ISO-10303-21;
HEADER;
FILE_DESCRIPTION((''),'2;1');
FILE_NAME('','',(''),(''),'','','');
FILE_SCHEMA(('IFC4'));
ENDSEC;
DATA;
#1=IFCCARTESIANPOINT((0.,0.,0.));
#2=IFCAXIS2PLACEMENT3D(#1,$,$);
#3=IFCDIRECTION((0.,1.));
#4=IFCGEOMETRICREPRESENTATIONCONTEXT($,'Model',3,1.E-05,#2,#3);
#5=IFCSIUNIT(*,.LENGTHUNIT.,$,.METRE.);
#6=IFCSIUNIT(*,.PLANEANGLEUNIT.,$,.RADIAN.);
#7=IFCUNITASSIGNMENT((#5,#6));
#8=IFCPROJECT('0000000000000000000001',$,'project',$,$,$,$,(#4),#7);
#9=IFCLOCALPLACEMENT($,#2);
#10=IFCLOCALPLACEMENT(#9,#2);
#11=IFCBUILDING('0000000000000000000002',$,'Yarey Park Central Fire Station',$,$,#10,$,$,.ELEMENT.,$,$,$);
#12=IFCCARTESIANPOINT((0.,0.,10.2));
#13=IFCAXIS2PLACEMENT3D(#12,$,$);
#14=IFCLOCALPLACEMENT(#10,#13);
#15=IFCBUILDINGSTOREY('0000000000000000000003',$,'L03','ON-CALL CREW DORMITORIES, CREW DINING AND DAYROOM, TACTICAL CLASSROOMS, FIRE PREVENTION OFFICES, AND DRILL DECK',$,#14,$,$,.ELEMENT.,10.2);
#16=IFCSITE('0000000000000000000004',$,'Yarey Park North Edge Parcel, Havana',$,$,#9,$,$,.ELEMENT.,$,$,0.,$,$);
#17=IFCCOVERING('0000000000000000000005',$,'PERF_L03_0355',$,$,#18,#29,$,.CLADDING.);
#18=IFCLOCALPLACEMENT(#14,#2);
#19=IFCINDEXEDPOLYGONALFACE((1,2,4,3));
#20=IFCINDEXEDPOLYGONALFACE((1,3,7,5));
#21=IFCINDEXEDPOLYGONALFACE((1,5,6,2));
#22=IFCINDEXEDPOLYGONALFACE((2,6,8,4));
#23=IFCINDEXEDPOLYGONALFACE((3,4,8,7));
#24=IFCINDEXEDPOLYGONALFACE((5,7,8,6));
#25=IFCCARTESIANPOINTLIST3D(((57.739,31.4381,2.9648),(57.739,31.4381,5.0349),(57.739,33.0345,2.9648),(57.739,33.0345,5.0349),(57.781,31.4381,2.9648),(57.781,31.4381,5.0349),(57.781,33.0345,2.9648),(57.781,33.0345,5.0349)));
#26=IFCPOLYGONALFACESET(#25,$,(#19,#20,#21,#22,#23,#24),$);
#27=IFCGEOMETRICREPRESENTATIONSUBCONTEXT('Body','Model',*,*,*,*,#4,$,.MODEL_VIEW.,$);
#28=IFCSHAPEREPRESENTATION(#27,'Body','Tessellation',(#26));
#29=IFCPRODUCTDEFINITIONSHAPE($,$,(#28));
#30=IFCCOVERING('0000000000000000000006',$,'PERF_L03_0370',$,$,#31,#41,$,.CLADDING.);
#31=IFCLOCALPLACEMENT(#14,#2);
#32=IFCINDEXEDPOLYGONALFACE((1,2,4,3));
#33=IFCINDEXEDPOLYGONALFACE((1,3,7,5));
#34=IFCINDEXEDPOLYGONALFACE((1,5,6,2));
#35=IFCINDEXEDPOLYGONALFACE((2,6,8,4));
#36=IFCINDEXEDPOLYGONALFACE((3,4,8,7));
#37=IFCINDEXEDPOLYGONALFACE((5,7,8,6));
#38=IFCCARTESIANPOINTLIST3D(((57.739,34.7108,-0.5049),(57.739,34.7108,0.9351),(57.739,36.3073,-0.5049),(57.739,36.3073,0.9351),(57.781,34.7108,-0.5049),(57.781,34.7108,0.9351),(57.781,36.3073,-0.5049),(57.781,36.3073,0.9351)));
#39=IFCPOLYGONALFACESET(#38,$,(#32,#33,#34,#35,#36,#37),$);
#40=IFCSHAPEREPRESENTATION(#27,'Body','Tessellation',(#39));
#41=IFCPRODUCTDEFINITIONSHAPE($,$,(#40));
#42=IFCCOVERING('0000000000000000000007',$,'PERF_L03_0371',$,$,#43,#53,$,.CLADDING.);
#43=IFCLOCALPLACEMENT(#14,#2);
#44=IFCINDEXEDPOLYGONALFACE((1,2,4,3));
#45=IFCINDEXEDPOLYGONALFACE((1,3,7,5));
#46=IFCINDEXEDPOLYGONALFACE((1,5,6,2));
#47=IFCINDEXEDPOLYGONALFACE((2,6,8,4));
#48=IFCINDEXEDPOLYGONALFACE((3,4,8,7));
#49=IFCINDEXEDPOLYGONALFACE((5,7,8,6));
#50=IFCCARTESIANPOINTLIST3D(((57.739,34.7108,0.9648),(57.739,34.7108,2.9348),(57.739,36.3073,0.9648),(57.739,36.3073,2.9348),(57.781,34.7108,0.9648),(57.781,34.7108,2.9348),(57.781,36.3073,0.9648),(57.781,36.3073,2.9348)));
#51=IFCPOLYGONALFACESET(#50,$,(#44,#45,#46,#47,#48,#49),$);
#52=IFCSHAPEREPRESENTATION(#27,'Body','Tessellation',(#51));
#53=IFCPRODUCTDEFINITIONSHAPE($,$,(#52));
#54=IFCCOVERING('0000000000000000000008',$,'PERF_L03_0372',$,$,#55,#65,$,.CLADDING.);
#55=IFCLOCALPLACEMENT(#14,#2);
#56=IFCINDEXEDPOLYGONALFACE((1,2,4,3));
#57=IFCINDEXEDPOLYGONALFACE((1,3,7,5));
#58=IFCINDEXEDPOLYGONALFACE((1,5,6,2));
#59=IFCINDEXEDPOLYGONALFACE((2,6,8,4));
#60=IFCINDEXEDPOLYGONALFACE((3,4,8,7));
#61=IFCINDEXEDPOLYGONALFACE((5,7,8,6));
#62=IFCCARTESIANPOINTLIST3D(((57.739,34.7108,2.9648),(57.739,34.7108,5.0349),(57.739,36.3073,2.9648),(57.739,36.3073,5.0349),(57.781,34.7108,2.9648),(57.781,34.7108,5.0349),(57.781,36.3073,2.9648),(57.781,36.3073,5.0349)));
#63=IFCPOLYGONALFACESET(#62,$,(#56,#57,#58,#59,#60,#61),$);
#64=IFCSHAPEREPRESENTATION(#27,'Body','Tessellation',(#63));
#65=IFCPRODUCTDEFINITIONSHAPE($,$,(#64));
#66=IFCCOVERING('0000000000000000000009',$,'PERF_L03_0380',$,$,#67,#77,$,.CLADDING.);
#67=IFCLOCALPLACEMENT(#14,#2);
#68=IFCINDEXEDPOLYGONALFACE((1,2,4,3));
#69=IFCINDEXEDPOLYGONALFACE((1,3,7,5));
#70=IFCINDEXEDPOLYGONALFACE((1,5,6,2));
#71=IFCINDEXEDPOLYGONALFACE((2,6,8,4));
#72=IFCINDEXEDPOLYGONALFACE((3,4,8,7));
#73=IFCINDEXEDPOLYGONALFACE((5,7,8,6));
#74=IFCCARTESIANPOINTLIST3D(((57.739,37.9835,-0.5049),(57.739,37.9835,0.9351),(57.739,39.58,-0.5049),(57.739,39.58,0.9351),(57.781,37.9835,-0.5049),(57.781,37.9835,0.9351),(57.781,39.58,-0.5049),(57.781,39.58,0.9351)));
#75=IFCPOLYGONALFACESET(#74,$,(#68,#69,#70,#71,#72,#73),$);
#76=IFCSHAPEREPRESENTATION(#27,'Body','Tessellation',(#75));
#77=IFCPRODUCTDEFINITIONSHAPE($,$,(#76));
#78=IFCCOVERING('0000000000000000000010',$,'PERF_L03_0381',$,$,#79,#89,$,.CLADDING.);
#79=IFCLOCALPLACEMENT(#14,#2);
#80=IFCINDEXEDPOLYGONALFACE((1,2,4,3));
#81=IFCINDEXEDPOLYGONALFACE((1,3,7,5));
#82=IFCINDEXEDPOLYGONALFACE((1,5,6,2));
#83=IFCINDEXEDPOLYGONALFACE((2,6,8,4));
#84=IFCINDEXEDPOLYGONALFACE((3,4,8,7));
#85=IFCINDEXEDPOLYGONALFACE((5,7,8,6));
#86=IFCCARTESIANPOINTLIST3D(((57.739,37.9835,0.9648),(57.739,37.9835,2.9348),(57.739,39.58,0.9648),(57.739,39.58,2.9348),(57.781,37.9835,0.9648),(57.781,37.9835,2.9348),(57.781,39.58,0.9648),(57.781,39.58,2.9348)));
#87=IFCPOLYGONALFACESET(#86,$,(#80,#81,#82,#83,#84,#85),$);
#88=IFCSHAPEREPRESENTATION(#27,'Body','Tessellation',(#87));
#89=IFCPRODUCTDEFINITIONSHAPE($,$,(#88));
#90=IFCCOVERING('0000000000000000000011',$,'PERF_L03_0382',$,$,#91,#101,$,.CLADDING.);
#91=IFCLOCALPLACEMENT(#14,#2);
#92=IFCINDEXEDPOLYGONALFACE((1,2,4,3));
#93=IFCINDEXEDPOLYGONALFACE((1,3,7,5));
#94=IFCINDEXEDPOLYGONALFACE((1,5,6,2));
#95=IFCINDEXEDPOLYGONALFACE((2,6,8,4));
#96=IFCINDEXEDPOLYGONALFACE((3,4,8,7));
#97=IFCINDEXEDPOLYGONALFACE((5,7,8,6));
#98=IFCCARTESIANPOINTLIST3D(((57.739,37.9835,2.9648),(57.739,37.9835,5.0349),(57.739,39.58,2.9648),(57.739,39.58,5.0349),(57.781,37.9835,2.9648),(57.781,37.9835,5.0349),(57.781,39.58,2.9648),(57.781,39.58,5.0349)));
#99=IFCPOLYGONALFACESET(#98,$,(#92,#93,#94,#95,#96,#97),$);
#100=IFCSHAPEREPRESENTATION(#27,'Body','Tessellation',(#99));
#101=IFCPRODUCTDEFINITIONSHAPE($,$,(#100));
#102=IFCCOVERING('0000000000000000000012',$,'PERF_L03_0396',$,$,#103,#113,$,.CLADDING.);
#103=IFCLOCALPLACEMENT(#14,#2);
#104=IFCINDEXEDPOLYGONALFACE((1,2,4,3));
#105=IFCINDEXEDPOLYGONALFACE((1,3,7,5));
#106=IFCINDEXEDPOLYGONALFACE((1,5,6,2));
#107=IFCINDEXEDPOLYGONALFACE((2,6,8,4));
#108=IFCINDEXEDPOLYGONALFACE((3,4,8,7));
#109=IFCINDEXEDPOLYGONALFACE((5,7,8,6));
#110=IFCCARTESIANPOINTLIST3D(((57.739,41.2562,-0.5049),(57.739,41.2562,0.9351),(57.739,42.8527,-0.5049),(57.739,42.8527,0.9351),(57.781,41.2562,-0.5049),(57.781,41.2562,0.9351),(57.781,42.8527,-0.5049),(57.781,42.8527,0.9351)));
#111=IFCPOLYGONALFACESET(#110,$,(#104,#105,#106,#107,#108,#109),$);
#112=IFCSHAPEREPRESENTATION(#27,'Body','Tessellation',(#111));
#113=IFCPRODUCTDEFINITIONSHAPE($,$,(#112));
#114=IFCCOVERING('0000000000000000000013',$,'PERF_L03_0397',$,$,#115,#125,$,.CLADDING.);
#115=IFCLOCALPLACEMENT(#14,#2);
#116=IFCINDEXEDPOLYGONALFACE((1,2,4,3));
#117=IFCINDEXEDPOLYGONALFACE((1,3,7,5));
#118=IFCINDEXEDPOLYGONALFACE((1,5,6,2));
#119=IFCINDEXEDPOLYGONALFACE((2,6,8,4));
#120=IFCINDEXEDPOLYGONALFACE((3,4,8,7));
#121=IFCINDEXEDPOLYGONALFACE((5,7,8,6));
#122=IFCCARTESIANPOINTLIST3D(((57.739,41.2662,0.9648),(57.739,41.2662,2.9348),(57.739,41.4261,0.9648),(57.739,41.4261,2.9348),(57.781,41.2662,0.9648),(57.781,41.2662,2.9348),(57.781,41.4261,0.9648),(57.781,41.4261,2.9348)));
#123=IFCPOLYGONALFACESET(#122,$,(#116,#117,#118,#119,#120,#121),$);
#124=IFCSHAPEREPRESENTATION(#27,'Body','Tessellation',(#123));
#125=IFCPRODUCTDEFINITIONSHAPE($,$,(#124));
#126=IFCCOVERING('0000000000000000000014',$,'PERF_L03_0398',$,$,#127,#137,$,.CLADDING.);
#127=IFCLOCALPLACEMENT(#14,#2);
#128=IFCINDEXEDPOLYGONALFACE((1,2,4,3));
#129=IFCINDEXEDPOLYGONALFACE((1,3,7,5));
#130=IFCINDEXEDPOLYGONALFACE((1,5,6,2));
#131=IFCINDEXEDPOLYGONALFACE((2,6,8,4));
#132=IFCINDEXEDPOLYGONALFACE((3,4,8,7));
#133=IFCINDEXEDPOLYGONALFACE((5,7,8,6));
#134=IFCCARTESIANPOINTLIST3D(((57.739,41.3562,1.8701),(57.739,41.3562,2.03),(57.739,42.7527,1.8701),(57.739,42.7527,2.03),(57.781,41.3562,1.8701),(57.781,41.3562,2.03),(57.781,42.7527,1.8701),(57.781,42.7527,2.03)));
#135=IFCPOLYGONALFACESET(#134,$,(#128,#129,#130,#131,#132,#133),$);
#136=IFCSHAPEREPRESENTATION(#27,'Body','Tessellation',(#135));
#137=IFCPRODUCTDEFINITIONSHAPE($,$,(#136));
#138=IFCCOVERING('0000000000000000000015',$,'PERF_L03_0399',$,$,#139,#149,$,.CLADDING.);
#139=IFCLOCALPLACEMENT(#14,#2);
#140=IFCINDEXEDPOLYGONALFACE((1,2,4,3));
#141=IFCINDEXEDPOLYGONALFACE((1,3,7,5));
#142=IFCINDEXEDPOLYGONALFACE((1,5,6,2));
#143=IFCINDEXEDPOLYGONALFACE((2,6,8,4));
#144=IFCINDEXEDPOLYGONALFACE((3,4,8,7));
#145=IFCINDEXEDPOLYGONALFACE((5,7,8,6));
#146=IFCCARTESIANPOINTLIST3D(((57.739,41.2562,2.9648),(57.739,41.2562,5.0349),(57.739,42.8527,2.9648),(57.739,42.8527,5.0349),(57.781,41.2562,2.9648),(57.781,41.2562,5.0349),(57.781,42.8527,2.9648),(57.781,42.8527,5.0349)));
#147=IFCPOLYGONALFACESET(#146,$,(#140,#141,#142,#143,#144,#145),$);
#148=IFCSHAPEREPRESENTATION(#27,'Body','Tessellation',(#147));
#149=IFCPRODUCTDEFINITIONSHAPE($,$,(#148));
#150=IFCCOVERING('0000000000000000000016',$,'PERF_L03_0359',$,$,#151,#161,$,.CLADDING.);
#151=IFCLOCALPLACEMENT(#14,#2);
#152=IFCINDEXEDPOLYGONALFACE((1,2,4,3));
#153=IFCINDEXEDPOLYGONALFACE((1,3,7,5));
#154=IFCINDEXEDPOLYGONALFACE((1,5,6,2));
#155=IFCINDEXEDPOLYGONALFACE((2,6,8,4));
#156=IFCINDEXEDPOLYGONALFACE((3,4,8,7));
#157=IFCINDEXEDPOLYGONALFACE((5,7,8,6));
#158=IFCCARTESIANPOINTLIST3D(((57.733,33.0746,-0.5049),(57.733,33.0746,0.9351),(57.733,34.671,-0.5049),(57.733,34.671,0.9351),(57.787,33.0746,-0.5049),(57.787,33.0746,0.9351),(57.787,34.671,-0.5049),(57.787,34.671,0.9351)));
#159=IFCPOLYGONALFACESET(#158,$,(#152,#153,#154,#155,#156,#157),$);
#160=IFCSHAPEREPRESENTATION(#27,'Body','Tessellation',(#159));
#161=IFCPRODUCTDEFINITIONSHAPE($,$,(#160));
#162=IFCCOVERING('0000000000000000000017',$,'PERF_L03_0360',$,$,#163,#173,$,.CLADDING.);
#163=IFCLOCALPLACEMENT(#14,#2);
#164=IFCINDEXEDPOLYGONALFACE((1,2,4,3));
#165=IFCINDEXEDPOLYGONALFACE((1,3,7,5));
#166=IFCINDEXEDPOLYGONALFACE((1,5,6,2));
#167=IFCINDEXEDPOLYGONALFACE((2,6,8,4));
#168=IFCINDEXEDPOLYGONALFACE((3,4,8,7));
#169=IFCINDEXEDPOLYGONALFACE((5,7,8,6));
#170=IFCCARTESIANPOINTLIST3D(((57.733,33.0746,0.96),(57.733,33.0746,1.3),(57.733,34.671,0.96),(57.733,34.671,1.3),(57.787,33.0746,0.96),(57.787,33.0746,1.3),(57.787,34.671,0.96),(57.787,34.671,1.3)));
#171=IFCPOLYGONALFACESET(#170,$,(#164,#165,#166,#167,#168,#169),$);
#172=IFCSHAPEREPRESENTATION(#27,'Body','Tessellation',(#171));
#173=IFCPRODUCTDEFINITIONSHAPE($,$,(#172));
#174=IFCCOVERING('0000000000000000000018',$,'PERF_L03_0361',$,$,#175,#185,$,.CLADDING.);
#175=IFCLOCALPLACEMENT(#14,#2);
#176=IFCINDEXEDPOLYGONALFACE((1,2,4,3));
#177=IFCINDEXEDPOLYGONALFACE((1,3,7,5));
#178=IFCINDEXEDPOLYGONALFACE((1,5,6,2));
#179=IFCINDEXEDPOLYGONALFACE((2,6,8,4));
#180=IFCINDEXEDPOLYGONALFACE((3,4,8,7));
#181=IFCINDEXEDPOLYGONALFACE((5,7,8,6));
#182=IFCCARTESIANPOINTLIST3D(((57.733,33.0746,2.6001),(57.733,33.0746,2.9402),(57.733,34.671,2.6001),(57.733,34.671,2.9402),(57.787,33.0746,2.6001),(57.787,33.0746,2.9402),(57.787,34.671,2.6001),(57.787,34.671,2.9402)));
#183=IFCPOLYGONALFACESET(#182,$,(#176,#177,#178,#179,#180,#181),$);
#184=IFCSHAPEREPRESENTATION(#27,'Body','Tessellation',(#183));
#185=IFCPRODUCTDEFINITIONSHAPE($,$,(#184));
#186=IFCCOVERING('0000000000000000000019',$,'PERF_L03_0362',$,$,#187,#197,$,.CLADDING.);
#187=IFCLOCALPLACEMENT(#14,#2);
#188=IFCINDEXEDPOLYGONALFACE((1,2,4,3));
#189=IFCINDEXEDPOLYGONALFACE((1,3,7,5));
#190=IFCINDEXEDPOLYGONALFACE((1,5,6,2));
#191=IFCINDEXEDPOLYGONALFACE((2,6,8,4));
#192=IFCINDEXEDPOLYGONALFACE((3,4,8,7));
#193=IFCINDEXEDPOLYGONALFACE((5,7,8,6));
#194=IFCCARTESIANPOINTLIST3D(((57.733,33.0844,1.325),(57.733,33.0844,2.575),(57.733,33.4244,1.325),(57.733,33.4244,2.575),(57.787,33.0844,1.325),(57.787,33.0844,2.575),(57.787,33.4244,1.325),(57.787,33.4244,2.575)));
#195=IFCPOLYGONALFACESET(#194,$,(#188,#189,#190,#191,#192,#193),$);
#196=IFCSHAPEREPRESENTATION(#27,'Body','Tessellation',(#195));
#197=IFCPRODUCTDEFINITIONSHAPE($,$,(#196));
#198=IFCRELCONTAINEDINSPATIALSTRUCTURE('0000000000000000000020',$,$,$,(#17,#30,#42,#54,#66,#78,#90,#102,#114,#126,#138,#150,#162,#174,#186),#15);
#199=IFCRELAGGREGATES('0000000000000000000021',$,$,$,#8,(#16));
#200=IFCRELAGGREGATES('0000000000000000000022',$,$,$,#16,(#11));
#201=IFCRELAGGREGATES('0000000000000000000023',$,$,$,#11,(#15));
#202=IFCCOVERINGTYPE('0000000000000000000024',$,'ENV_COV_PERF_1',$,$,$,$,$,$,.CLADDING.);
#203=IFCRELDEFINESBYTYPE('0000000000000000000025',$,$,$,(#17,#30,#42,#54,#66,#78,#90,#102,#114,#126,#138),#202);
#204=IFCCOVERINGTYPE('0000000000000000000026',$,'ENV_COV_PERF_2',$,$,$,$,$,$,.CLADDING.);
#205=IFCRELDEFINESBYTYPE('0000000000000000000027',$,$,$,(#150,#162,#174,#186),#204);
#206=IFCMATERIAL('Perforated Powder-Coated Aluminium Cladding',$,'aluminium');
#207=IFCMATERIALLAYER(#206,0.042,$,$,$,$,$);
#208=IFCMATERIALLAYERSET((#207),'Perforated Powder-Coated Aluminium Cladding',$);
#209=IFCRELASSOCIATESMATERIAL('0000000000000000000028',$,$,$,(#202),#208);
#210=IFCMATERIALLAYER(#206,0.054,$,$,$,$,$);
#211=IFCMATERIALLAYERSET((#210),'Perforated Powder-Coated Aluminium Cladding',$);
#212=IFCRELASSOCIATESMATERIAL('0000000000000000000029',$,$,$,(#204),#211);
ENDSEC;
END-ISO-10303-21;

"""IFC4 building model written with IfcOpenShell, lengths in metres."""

from ifc_helpers import new_model, si_unit, direction, frame, origin, origin_2d, place, context, subcontext, project, spatial, rectangle, extrude, material, layer, layer_set, type_object, element, save


model = new_model("IFC4")

# Units and contexts
model_context = context("Model", 3, precision=1e-05, world=origin(), true_north=direction((0.0, 1.0)))
body_context = subcontext(model_context, "Body", "Model", "MODEL_VIEW")
ifc_project = project(units=[si_unit("LENGTHUNIT", "METRE"), si_unit("PLANEANGLEUNIT", "RADIAN")], contexts=[model_context])

# Site, building, storey
site_placement = place(None, origin())
site = spatial("IfcSite", under=ifc_project, at=site_placement, Name="Yarey Park North Edge Parcel, Havana", CompositionType="ELEMENT", RefElevation=0.0)
building_placement = place(site_placement, origin())
building = spatial("IfcBuilding", under=site, at=building_placement, Name="Yarey Park Central Fire Station", CompositionType="ELEMENT")
storey_placement = place(building_placement, frame((0.0, 0.0, 10.2)))
storey = spatial("IfcBuildingStorey", under=building, at=storey_placement, Name="L03", Description="ON-CALL CREW DORMITORIES, CREW DINING AND DAYROOM, TACTICAL CLASSROOMS, FIRE PREVENTION OFFICES, AND DRILL DECK", CompositionType="ELEMENT", Elevation=10.2)

# Coverings
ifc_material = material(Name="Perforated Powder-Coated Aluminium Cladding", Category="aluminium")
ifc_layer_1 = layer(ifc_material, 0.042)
ifc_layer_set_1 = layer_set([ifc_layer_1], Name="Perforated Powder-Coated Aluminium Cladding")
covering_type_1 = type_object("IfcCoveringType", Name="ENV_COV_PERF_1", PredefinedType="CLADDING", material=ifc_layer_set_1)
covering_1_placement = place(storey_placement, frame((57.76, 32.2363, 2.9648), z_axis=(0.0, 0.0, 1.0), x_axis=(0.0, 1.0, 0.0)))
element("IfcCovering", 1, at=covering_1_placement, inside=storey, type_object=covering_type_1, Name="PERF_L03_0355", PredefinedType="CLADDING", context=body_context, shape_type="SweptSolid", body=[
    extrude(rectangle(XDim=1.5964, YDim=0.042, at=origin_2d()), origin(), (0.0, 0.0, 1.0), 2.0701),
])
covering_2_placement = place(storey_placement, frame((57.76, 35.509, -0.5049), z_axis=(0.0, 0.0, 1.0), x_axis=(0.0, 1.0, 0.0)))
element("IfcCovering", 2, at=covering_2_placement, inside=storey, type_object=covering_type_1, Name="PERF_L03_0370", PredefinedType="CLADDING", context=body_context, shape_type="SweptSolid", body=[
    extrude(rectangle(XDim=1.5964, YDim=0.042, at=origin_2d()), origin(), (0.0, 0.0, 1.0), 1.4399),
])
covering_3_placement = place(storey_placement, frame((57.76, 35.509, 0.9648), z_axis=(0.0, 0.0, 1.0), x_axis=(0.0, 1.0, 0.0)))
element("IfcCovering", 3, at=covering_3_placement, inside=storey, type_object=covering_type_1, Name="PERF_L03_0371", PredefinedType="CLADDING", context=body_context, shape_type="SweptSolid", body=[
    extrude(rectangle(XDim=1.5964, YDim=0.042, at=origin_2d()), origin(), (0.0, 0.0, 1.0), 1.97),
])
covering_4_placement = place(storey_placement, frame((57.76, 35.509, 2.9648), z_axis=(0.0, 0.0, 1.0), x_axis=(0.0, 1.0, 0.0)))
element("IfcCovering", 4, at=covering_4_placement, inside=storey, type_object=covering_type_1, Name="PERF_L03_0372", PredefinedType="CLADDING", context=body_context, shape_type="SweptSolid", body=[
    extrude(rectangle(XDim=1.5964, YDim=0.042, at=origin_2d()), origin(), (0.0, 0.0, 1.0), 2.0701),
])
covering_5_placement = place(storey_placement, frame((57.76, 38.7817, -0.5049), z_axis=(0.0, 0.0, 1.0), x_axis=(0.0, 1.0, 0.0)))
element("IfcCovering", 5, at=covering_5_placement, inside=storey, type_object=covering_type_1, Name="PERF_L03_0380", PredefinedType="CLADDING", context=body_context, shape_type="SweptSolid", body=[
    extrude(rectangle(XDim=1.5964, YDim=0.042, at=origin_2d()), origin(), (0.0, 0.0, 1.0), 1.4399),
])
covering_6_placement = place(storey_placement, frame((57.76, 38.7817, 0.9648), z_axis=(0.0, 0.0, 1.0), x_axis=(0.0, 1.0, 0.0)))
element("IfcCovering", 6, at=covering_6_placement, inside=storey, type_object=covering_type_1, Name="PERF_L03_0381", PredefinedType="CLADDING", context=body_context, shape_type="SweptSolid", body=[
    extrude(rectangle(XDim=1.5964, YDim=0.042, at=origin_2d()), origin(), (0.0, 0.0, 1.0), 1.97),
])
covering_7_placement = place(storey_placement, frame((57.76, 38.7817, 2.9648), z_axis=(0.0, 0.0, 1.0), x_axis=(0.0, 1.0, 0.0)))
element("IfcCovering", 7, at=covering_7_placement, inside=storey, type_object=covering_type_1, Name="PERF_L03_0382", PredefinedType="CLADDING", context=body_context, shape_type="SweptSolid", body=[
    extrude(rectangle(XDim=1.5964, YDim=0.042, at=origin_2d()), origin(), (0.0, 0.0, 1.0), 2.0701),
])
covering_8_placement = place(storey_placement, frame((57.76, 42.0544, -0.5049), z_axis=(0.0, 0.0, 1.0), x_axis=(0.0, 1.0, 0.0)))
element("IfcCovering", 8, at=covering_8_placement, inside=storey, type_object=covering_type_1, Name="PERF_L03_0396", PredefinedType="CLADDING", context=body_context, shape_type="SweptSolid", body=[
    extrude(rectangle(XDim=1.5964, YDim=0.042, at=origin_2d()), origin(), (0.0, 0.0, 1.0), 1.4399),
])
covering_9_placement = place(storey_placement, frame((57.76, 41.3462, 0.9648), z_axis=(0.0, 0.0, 1.0), x_axis=(0.0, 1.0, 0.0)))
element("IfcCovering", 9, at=covering_9_placement, inside=storey, type_object=covering_type_1, Name="PERF_L03_0397", PredefinedType="CLADDING", context=body_context, shape_type="SweptSolid", body=[
    extrude(rectangle(XDim=0.1599, YDim=0.042, at=origin_2d()), origin(), (0.0, 0.0, 1.0), 1.97),
])
covering_10_placement = place(storey_placement, frame((57.76, 42.0544, 1.8701), z_axis=(0.0, 0.0, 1.0), x_axis=(0.0, 1.0, 0.0)))
element("IfcCovering", 10, at=covering_10_placement, inside=storey, type_object=covering_type_1, Name="PERF_L03_0398", PredefinedType="CLADDING", context=body_context, shape_type="SweptSolid", body=[
    extrude(rectangle(XDim=1.3965, YDim=0.042, at=origin_2d()), origin(), (0.0, 0.0, 1.0), 0.1599),
])
covering_11_placement = place(storey_placement, frame((57.76, 42.0544, 2.9648), z_axis=(0.0, 0.0, 1.0), x_axis=(0.0, 1.0, 0.0)))
element("IfcCovering", 11, at=covering_11_placement, inside=storey, type_object=covering_type_1, Name="PERF_L03_0399", PredefinedType="CLADDING", context=body_context, shape_type="SweptSolid", body=[
    extrude(rectangle(XDim=1.5964, YDim=0.042, at=origin_2d()), origin(), (0.0, 0.0, 1.0), 2.0701),
])
ifc_layer_2 = layer(ifc_material, 0.054)
ifc_layer_set_2 = layer_set([ifc_layer_2], Name="Perforated Powder-Coated Aluminium Cladding")
covering_type_2 = type_object("IfcCoveringType", Name="ENV_COV_PERF_2", PredefinedType="CLADDING", material=ifc_layer_set_2)
covering_12_placement = place(storey_placement, frame((57.76, 33.8728, -0.5049), z_axis=(0.0, 0.0, 1.0), x_axis=(0.0, 1.0, 0.0)))
element("IfcCovering", 12, at=covering_12_placement, inside=storey, type_object=covering_type_2, Name="PERF_L03_0359", PredefinedType="CLADDING", context=body_context, shape_type="SweptSolid", body=[
    extrude(rectangle(XDim=1.5964, YDim=0.054, at=origin_2d()), origin(), (0.0, 0.0, 1.0), 1.4399),
])
for number, where, z_axis, x_axis, name in (
    (13, (57.76, 33.8728, 0.96), (0.0, 0.0, 1.0), (0.0, 1.0, 0.0), "PERF_L03_0360"),
    (14, (57.76, 33.8728, 2.6001), (0.0, 0.0, 1.0), (0.0, 1.0, 0.0), "PERF_L03_0361"),
):
    element("IfcCovering", number, at=place(storey_placement, frame(where, z_axis=z_axis, x_axis=x_axis)), inside=storey, type_object=covering_type_2, Name=name, PredefinedType="CLADDING", context=body_context, shape_type="SweptSolid", body=[
        extrude(rectangle(XDim=1.5964, YDim=0.054, at=origin_2d()), origin(), (0.0, 0.0, 1.0), 0.3401),
    ])
for number, where, z_axis, x_axis, name in (
    (15, (57.76, 33.2544, 1.325), (0.0, 0.0, 1.0), (0.0, 1.0, 0.0), "PERF_L03_0362"),
):
    element("IfcCovering", number, at=place(storey_placement, frame(where, z_axis=z_axis, x_axis=x_axis)), inside=storey, type_object=covering_type_2, Name=name, PredefinedType="CLADDING", context=body_context, shape_type="SweptSolid", body=[
        extrude(rectangle(XDim=0.3401, YDim=0.054, at=origin_2d()), origin(), (0.0, 0.0, 1.0), 1.25),
    ])

save(model, "model.ifc")
